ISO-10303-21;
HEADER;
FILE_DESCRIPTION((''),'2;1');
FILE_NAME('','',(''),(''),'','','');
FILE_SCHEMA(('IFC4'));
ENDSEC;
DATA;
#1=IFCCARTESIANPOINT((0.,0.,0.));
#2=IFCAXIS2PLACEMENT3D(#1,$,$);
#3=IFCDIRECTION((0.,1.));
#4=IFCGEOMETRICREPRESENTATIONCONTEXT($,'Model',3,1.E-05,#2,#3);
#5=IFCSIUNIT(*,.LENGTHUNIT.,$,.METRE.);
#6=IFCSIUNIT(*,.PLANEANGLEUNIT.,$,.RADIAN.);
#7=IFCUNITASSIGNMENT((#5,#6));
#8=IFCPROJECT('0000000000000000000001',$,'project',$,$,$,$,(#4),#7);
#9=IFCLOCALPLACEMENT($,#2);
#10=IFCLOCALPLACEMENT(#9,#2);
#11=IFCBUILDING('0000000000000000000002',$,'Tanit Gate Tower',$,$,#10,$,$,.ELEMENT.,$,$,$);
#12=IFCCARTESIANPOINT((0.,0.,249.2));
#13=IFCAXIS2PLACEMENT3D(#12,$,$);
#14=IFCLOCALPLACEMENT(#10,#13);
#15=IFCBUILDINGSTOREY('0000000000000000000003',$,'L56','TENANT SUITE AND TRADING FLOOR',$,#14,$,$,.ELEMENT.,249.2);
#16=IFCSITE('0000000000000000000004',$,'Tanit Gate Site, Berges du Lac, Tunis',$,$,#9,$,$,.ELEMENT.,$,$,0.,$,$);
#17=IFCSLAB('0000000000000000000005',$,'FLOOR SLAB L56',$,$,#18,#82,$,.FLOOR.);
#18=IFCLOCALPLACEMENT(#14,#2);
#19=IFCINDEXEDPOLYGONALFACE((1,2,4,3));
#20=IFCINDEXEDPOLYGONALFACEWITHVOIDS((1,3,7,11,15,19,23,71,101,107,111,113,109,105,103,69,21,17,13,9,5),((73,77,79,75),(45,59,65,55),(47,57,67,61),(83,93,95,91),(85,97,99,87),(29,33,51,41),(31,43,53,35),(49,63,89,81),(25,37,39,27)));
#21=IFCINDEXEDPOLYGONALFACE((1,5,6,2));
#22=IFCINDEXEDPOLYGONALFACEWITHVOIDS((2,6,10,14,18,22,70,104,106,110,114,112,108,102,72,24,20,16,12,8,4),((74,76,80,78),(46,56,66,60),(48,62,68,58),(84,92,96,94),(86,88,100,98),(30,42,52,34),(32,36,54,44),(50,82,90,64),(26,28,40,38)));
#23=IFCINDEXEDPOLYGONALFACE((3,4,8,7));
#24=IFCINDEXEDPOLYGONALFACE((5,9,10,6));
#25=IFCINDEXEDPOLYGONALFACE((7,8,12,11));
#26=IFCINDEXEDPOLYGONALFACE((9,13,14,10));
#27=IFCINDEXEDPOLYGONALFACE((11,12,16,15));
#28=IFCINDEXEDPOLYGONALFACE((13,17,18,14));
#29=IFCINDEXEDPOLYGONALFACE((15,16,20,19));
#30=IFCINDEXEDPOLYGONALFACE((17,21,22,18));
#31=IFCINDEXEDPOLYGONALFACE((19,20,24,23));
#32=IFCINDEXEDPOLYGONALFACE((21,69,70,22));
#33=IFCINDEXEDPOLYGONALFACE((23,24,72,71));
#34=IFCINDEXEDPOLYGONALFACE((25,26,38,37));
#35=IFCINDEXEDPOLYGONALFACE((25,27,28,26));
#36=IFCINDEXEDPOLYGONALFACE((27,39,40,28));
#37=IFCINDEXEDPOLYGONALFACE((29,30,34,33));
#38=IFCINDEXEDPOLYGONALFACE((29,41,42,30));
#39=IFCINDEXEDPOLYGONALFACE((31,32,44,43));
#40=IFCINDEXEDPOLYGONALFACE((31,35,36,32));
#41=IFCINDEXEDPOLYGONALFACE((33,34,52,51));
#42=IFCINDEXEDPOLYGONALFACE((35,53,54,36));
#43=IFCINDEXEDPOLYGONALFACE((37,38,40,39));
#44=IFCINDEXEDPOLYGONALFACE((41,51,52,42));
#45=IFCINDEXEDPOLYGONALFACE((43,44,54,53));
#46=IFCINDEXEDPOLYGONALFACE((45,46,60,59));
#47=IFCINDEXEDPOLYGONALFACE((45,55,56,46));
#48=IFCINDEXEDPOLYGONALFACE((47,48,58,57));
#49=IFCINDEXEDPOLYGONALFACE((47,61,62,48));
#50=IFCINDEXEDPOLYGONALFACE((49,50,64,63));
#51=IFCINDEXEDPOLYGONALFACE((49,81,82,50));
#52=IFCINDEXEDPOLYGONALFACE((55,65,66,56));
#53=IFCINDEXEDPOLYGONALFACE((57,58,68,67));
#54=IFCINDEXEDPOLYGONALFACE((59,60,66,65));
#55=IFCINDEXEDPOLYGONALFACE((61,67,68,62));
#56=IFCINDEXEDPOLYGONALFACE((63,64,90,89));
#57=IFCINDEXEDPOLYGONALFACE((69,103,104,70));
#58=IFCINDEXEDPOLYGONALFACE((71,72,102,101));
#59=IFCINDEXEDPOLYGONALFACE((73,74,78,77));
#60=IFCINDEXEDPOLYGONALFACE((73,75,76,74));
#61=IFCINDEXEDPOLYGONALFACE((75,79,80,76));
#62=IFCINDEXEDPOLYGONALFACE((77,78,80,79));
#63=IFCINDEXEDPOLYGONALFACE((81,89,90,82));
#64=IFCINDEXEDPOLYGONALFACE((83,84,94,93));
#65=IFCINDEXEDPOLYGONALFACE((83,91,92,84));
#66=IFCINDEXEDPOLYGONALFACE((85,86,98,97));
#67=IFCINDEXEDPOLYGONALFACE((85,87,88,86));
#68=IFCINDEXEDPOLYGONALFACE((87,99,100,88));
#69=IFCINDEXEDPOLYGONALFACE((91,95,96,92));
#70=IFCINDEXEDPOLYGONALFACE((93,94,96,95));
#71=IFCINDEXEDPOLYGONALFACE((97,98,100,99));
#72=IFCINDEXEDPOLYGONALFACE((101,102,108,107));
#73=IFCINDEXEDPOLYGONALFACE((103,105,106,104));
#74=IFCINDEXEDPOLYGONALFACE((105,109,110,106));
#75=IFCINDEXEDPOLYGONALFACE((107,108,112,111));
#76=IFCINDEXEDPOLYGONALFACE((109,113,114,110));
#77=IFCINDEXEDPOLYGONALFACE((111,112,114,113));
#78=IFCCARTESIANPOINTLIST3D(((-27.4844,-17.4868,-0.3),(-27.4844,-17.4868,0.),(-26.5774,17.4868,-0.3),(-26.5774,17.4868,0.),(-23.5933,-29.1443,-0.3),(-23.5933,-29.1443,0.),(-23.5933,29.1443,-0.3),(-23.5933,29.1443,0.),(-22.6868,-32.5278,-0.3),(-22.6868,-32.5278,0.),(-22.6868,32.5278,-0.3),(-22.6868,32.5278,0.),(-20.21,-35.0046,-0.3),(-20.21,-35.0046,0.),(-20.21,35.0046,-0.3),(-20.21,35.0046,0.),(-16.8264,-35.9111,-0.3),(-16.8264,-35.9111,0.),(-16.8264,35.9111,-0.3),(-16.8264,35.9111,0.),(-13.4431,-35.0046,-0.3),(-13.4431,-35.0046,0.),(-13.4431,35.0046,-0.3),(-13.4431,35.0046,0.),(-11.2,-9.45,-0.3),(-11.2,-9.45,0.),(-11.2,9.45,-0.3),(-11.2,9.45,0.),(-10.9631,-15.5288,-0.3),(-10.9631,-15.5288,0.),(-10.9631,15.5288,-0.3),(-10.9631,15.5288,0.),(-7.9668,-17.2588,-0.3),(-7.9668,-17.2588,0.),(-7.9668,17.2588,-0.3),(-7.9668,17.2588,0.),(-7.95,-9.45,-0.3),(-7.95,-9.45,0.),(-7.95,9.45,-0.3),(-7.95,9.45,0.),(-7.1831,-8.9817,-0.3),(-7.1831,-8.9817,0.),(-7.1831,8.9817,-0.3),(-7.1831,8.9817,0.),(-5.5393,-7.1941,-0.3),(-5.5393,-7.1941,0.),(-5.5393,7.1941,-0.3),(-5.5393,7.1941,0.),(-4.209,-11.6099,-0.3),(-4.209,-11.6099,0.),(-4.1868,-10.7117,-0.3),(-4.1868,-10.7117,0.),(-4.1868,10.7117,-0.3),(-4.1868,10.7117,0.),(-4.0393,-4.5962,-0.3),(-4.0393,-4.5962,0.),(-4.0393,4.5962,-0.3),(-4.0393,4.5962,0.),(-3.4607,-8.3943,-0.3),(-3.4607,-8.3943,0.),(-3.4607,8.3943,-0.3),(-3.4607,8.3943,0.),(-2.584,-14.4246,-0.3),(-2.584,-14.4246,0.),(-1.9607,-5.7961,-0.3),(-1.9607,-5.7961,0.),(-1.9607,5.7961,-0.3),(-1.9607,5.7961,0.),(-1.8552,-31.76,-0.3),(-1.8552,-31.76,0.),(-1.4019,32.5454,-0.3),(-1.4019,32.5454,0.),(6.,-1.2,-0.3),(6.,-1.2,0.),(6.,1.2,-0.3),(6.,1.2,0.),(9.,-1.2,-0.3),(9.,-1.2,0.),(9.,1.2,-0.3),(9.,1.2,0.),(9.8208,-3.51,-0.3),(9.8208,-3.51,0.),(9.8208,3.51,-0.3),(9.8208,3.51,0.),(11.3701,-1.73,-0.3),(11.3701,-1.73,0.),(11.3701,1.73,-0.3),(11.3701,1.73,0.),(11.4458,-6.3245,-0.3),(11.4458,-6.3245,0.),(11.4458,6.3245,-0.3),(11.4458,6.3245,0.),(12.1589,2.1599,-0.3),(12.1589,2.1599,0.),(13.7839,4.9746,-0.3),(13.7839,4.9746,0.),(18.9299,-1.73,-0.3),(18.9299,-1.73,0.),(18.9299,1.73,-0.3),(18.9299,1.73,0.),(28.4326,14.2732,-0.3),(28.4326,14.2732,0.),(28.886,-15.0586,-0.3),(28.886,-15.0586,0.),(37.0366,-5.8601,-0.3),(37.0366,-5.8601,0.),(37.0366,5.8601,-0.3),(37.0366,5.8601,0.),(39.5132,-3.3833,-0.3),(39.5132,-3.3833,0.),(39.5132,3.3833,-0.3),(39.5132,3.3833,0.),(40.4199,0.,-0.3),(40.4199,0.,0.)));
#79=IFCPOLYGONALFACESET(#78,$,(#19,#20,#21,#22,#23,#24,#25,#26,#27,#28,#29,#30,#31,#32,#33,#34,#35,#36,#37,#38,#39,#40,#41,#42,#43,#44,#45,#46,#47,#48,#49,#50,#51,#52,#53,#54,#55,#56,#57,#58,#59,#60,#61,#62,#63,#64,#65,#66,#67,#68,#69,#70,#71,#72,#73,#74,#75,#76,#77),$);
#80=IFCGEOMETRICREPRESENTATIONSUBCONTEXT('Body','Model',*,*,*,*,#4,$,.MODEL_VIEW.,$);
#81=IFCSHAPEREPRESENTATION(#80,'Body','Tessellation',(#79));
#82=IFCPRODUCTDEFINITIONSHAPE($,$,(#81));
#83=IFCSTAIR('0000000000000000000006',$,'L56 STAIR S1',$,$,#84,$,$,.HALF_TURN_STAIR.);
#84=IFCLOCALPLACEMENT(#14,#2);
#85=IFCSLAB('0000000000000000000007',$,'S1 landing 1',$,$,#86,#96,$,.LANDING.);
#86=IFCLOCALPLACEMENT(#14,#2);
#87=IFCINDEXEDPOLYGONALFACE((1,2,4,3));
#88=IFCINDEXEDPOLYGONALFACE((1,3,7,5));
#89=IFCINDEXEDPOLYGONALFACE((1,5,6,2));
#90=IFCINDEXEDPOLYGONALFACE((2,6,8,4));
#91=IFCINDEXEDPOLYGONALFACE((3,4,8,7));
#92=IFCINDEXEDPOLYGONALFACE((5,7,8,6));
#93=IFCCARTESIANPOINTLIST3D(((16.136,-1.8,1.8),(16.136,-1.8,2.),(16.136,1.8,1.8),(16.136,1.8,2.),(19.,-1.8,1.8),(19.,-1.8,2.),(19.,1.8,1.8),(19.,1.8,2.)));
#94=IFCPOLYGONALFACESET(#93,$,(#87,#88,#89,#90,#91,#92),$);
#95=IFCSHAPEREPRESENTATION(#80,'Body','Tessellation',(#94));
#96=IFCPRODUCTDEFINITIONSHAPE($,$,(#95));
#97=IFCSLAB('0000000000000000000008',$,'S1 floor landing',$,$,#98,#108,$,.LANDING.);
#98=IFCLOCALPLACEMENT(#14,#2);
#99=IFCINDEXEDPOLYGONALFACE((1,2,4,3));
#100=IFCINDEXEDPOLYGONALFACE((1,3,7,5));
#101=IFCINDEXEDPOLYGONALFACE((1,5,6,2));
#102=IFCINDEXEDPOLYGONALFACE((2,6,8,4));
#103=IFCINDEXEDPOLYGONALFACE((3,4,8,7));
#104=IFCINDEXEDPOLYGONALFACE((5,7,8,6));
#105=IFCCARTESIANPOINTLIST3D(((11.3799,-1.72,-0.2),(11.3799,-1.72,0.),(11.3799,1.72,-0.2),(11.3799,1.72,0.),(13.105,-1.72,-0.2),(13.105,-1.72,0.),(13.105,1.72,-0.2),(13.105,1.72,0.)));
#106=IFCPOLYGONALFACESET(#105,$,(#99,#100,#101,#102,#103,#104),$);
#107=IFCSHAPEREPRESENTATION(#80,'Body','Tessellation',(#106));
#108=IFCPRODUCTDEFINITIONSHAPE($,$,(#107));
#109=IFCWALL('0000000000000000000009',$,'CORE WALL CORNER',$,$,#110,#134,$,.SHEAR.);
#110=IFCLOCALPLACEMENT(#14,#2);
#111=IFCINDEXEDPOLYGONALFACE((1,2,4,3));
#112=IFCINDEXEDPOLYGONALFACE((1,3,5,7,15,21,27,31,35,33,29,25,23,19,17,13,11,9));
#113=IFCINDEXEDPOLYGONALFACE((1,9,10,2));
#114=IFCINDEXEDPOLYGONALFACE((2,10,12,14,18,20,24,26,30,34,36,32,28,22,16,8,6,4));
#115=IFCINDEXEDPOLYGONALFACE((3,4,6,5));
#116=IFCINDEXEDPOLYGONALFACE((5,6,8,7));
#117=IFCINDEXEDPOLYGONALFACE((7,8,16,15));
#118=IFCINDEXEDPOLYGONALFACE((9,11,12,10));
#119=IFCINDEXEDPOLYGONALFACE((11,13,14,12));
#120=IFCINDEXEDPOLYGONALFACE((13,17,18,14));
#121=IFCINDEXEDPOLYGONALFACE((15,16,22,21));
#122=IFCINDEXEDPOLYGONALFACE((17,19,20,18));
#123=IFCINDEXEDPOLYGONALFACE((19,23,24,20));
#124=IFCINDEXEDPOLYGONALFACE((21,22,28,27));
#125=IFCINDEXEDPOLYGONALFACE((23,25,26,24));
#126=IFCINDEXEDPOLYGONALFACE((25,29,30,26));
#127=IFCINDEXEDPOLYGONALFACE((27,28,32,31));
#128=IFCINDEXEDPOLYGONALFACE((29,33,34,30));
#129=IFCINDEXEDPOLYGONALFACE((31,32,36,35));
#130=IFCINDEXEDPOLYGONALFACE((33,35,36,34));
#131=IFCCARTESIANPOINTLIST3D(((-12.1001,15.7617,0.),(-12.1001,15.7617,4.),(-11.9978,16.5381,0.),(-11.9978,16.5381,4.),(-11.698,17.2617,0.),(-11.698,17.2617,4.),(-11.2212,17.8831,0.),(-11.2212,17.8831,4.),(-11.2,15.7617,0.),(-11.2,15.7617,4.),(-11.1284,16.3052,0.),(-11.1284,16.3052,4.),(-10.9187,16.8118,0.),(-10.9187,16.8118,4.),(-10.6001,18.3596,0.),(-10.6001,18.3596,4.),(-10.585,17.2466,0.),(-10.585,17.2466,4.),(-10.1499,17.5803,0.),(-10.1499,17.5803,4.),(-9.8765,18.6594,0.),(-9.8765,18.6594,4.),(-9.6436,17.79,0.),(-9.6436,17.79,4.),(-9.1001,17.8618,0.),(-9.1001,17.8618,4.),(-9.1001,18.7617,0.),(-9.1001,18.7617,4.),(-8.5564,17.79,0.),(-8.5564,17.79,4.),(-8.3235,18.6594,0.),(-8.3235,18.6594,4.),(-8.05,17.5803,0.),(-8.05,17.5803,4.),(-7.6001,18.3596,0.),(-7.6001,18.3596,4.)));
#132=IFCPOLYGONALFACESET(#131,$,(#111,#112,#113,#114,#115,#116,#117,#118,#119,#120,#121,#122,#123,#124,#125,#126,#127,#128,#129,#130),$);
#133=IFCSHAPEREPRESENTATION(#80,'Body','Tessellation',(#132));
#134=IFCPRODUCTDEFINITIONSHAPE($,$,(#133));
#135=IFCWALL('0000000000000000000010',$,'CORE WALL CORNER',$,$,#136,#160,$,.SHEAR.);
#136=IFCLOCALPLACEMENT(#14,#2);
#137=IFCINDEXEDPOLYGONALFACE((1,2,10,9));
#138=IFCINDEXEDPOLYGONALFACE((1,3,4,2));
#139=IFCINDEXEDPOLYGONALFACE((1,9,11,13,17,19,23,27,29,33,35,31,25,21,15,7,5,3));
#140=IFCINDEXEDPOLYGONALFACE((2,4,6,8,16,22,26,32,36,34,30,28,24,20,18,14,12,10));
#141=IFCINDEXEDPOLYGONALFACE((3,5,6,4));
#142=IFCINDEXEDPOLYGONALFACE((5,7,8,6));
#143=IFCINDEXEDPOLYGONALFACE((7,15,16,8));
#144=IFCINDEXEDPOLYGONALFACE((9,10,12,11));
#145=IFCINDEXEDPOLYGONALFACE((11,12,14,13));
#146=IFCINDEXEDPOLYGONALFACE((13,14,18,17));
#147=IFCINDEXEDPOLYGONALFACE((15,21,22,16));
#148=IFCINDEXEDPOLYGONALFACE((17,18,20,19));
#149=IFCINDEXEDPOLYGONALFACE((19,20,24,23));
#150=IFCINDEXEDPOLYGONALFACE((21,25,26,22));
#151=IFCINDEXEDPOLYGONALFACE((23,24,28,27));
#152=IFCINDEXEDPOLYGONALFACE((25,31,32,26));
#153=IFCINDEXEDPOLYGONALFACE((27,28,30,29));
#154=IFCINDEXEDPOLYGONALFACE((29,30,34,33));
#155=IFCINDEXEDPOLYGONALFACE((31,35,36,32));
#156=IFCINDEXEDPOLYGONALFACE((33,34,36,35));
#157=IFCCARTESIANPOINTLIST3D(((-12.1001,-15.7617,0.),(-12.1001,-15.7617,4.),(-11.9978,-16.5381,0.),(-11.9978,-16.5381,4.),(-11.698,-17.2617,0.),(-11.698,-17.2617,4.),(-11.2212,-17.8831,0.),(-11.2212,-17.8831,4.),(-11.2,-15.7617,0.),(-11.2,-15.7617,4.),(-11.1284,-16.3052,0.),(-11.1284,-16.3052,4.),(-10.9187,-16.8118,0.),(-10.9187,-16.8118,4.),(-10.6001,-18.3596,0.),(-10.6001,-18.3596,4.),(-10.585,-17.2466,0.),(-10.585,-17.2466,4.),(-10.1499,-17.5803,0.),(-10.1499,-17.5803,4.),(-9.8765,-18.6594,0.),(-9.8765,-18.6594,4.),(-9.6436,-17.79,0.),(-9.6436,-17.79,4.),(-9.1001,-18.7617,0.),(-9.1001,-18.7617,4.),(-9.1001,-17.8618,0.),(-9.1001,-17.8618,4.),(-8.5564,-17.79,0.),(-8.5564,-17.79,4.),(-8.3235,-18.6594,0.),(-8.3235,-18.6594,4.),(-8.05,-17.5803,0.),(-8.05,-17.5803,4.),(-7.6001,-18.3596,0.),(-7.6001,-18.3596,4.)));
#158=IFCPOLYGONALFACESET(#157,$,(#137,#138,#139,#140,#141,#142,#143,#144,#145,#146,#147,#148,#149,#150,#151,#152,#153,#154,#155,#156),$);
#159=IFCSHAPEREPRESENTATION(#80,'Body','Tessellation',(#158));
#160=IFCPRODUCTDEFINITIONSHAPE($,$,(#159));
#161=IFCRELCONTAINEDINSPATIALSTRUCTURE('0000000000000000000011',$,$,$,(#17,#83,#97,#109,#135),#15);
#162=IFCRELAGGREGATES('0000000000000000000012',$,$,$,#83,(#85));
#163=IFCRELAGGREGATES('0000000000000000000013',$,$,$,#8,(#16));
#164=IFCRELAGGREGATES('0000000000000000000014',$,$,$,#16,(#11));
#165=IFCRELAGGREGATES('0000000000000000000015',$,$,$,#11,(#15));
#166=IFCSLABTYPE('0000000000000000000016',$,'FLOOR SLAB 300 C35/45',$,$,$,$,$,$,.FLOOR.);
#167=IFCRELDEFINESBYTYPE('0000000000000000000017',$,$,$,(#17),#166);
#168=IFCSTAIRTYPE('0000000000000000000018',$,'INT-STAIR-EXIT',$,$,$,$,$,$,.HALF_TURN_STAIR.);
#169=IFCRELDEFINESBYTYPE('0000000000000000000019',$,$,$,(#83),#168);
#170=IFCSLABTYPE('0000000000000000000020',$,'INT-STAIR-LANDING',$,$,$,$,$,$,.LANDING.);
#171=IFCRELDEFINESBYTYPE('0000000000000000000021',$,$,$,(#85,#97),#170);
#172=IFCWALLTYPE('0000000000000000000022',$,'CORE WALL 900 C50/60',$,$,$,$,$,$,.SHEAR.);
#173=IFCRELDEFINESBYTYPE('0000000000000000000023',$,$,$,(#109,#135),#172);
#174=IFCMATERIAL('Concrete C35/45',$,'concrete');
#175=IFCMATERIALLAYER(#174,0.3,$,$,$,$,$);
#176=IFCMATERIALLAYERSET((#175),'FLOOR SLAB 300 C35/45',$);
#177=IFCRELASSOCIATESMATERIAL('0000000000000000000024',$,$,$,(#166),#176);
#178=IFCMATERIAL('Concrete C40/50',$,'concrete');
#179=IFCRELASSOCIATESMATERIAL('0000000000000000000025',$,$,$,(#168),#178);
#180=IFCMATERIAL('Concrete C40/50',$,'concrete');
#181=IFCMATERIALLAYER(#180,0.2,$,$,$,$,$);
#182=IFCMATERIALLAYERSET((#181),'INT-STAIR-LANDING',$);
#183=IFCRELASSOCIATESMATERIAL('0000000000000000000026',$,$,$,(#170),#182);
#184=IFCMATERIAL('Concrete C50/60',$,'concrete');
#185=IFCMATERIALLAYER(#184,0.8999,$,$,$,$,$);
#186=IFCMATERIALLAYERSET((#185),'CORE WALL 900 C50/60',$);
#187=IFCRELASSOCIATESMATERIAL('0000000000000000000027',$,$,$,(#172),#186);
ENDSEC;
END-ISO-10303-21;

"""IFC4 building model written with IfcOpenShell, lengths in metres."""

from ifc_helpers import new_model, si_unit, direction, frame, origin, place, context, subcontext, project, spatial, polyline, outline, extrude, material, layer, layer_set, type_object, element, aggregate, save


model = new_model("IFC4")

# Units and contexts
model_context = context("Model", 3, precision=1e-05, world=origin(), true_north=direction((0.0, 1.0)))
body_context = subcontext(model_context, "Body", "Model", "MODEL_VIEW")
ifc_project = project(units=[si_unit("LENGTHUNIT", "METRE"), si_unit("PLANEANGLEUNIT", "RADIAN")], contexts=[model_context])

# Site, building, storey
site_placement = place(None, origin())
site = spatial("IfcSite", under=ifc_project, at=site_placement, Name="Tanit Gate Site, Berges du Lac, Tunis", CompositionType="ELEMENT", RefElevation=0.0)
building_placement = place(site_placement, origin())
building = spatial("IfcBuilding", under=site, at=building_placement, Name="Tanit Gate Tower", CompositionType="ELEMENT")
storey_placement = place(building_placement, frame((0.0, 0.0, 249.2)))
storey = spatial("IfcBuildingStorey", under=building, at=storey_placement, Name="L56", Description="TENANT SUITE AND TRADING FLOOR", CompositionType="ELEMENT", Elevation=249.2)

# Slab
ifc_material_1 = material(Name="Concrete C35/45", Category="concrete")
ifc_layer_1 = layer(ifc_material_1, 0.3)
ifc_layer_set_1 = layer_set([ifc_layer_1], Name="FLOOR SLAB 300 C35/45")
slab_type_1 = type_object("IfcSlabType", Name="FLOOR SLAB 300 C35/45", PredefinedType="FLOOR", material=ifc_layer_set_1)
slab_1_placement = place(storey_placement, frame((0.0, 0.0, -0.3)))
element("IfcSlab", 1, at=slab_1_placement, inside=storey, type_object=slab_type_1, Name="FLOOR SLAB L56", PredefinedType="FLOOR", context=body_context, shape_type="SweptSolid", body=[
    extrude(outline(polyline([(37.0366, 5.8601), (39.5132, 3.3833), (40.4199, 0.0), (39.5132, -3.3833), (37.0366, -5.8601), (28.886, -15.0586), (-1.8552, -31.76), (-13.4431, -35.0046), (-16.8264, -35.9111), (-20.21, -35.0046), (-22.6868, -32.5278), (-23.5933, -29.1443), (-27.4844, -17.4868), (-26.5774, 17.4868), (-23.5933, 29.1443), (-22.6868, 32.5278), (-20.21, 35.0046), (-16.8264, 35.9111), (-13.4431, 35.0046), (-1.4019, 32.5454), (28.4326, 14.2732), (37.0366, 5.8601)]), holes=[polyline([(11.3701, 1.73), (18.9299, 1.73), (18.9299, -1.73), (11.3701, -1.73), (11.3701, 1.73)]), polyline([(9.8208, 3.51), (11.4458, 6.3245), (13.7839, 4.9746), (12.1589, 2.1599), (9.8208, 3.51)]), polyline([(-4.209, -11.6099), (9.8208, -3.51), (11.4458, -6.3245), (-2.584, -14.4246), (-4.209, -11.6099)]), polyline([(6.0, 1.2), (9.0, 1.2), (9.0, -1.2), (6.0, -1.2), (6.0, 1.2)]), polyline([(-5.5393, 7.1941), (-3.4607, 8.3943), (-1.9607, 5.7961), (-4.0393, 4.5962), (-5.5393, 7.1941)]), polyline([(-1.9607, -5.7961), (-3.4607, -8.3943), (-5.5393, -7.1941), (-4.0393, -4.5962), (-1.9607, -5.7961)]), polyline([(-10.9631, 15.5288), (-7.9668, 17.2588), (-4.1868, 10.7117), (-7.1831, 8.9817), (-10.9631, 15.5288)]), polyline([(-4.1868, -10.7117), (-7.9668, -17.2588), (-10.9631, -15.5288), (-7.1831, -8.9817), (-4.1868, -10.7117)]), polyline([(-11.2, -9.45), (-11.2, 9.45), (-7.95, 9.45), (-7.95, -9.45), (-11.2, -9.45)])]), origin(), (0.0, 0.0, 1.0), 0.3),
])

# Stair, slab
ifc_material_2 = material(Name="Concrete C40/50", Category="concrete")
stair_type = type_object("IfcStairType", Name="INT-STAIR-EXIT", PredefinedType="HALF_TURN_STAIR", material=ifc_material_2)
stair_placement = place(storey_placement, origin())
stair = element("IfcStair", 2, at=stair_placement, inside=storey, type_object=stair_type, Name="L56 STAIR S1", PredefinedType="HALF_TURN_STAIR")
ifc_material_3 = material(Name="Concrete C40/50", Category="concrete")
ifc_layer_2 = layer(ifc_material_3, 0.2)
ifc_layer_set_2 = layer_set([ifc_layer_2], Name="INT-STAIR-LANDING")
slab_type_2 = type_object("IfcSlabType", Name="INT-STAIR-LANDING", PredefinedType="LANDING", material=ifc_layer_set_2)
slab_2_placement = place(storey_placement, frame((0.0, 0.0, 1.8)))
slab_2 = element("IfcSlab", 3, at=slab_2_placement, type_object=slab_type_2, Name="S1 landing 1", PredefinedType="LANDING", context=body_context, shape_type="SweptSolid", body=[
    extrude(outline(polyline([(16.136, -1.8), (19.0, -1.8), (19.0, 1.8), (16.136, 1.8), (16.136, -1.8)])), origin(), (0.0, 0.0, 1.0), 0.2),
])
aggregate(stair, [slab_2])

# Slab
slab_3_placement = place(storey_placement, frame((0.0, 0.0, -0.2)))
element("IfcSlab", 4, at=slab_3_placement, inside=storey, type_object=slab_type_2, Name="S1 floor landing", PredefinedType="LANDING", context=body_context, shape_type="SweptSolid", body=[
    extrude(outline(polyline([(11.3799, -1.72), (13.105, -1.72), (13.105, 1.72), (11.3799, 1.72), (11.3799, -1.72)])), origin(), (0.0, 0.0, 1.0), 0.2),
])

# Walls
ifc_material_4 = material(Name="Concrete C50/60", Category="concrete")
ifc_layer_3 = layer(ifc_material_4, 0.8999)
ifc_layer_set_3 = layer_set([ifc_layer_3], Name="CORE WALL 900 C50/60")
wall_type_1 = type_object("IfcWallType", Name="CORE WALL 900 C50/60", PredefinedType="SHEAR", material=ifc_layer_set_3)
wall_1_placement = place(storey_placement, origin())
element("IfcWall", 5, at=wall_1_placement, inside=storey, type_object=wall_type_1, Name="CORE WALL CORNER", PredefinedType="SHEAR", context=body_context, shape_type="SweptSolid", body=[
    extrude(outline(polyline([(-7.6001, 18.3596), (-8.3235, 18.6594), (-9.1001, 18.7617), (-9.8765, 18.6594), (-10.6001, 18.3596), (-11.2212, 17.8831), (-11.698, 17.2617), (-11.9978, 16.5381), (-12.1001, 15.7617), (-11.2, 15.7617), (-11.1284, 16.3052), (-10.9187, 16.8118), (-10.585, 17.2466), (-10.1499, 17.5803), (-9.6436, 17.79), (-9.1001, 17.8618), (-8.5564, 17.79), (-8.05, 17.5803), (-7.6001, 18.3596)])), origin(), (0.0, 0.0, 1.0), 4.0),
])
wall_2_placement = place(storey_placement, origin())
element("IfcWall", 6, at=wall_2_placement, inside=storey, type_object=wall_type_1, Name="CORE WALL CORNER", PredefinedType="SHEAR", context=body_context, shape_type="SweptSolid", body=[
    extrude(outline(polyline([(-12.1001, -15.7617), (-11.9978, -16.5381), (-11.698, -17.2617), (-11.2212, -17.8831), (-10.6001, -18.3596), (-9.8765, -18.6594), (-9.1001, -18.7617), (-8.3235, -18.6594), (-7.6001, -18.3596), (-8.05, -17.5803), (-8.5564, -17.79), (-9.1001, -17.8618), (-9.6436, -17.79), (-10.1499, -17.5803), (-10.585, -17.2466), (-10.9187, -16.8118), (-11.1284, -16.3052), (-11.2, -15.7617), (-12.1001, -15.7617)])), origin(), (0.0, 0.0, 1.0), 4.0),
])

save(model, "model.ifc")
